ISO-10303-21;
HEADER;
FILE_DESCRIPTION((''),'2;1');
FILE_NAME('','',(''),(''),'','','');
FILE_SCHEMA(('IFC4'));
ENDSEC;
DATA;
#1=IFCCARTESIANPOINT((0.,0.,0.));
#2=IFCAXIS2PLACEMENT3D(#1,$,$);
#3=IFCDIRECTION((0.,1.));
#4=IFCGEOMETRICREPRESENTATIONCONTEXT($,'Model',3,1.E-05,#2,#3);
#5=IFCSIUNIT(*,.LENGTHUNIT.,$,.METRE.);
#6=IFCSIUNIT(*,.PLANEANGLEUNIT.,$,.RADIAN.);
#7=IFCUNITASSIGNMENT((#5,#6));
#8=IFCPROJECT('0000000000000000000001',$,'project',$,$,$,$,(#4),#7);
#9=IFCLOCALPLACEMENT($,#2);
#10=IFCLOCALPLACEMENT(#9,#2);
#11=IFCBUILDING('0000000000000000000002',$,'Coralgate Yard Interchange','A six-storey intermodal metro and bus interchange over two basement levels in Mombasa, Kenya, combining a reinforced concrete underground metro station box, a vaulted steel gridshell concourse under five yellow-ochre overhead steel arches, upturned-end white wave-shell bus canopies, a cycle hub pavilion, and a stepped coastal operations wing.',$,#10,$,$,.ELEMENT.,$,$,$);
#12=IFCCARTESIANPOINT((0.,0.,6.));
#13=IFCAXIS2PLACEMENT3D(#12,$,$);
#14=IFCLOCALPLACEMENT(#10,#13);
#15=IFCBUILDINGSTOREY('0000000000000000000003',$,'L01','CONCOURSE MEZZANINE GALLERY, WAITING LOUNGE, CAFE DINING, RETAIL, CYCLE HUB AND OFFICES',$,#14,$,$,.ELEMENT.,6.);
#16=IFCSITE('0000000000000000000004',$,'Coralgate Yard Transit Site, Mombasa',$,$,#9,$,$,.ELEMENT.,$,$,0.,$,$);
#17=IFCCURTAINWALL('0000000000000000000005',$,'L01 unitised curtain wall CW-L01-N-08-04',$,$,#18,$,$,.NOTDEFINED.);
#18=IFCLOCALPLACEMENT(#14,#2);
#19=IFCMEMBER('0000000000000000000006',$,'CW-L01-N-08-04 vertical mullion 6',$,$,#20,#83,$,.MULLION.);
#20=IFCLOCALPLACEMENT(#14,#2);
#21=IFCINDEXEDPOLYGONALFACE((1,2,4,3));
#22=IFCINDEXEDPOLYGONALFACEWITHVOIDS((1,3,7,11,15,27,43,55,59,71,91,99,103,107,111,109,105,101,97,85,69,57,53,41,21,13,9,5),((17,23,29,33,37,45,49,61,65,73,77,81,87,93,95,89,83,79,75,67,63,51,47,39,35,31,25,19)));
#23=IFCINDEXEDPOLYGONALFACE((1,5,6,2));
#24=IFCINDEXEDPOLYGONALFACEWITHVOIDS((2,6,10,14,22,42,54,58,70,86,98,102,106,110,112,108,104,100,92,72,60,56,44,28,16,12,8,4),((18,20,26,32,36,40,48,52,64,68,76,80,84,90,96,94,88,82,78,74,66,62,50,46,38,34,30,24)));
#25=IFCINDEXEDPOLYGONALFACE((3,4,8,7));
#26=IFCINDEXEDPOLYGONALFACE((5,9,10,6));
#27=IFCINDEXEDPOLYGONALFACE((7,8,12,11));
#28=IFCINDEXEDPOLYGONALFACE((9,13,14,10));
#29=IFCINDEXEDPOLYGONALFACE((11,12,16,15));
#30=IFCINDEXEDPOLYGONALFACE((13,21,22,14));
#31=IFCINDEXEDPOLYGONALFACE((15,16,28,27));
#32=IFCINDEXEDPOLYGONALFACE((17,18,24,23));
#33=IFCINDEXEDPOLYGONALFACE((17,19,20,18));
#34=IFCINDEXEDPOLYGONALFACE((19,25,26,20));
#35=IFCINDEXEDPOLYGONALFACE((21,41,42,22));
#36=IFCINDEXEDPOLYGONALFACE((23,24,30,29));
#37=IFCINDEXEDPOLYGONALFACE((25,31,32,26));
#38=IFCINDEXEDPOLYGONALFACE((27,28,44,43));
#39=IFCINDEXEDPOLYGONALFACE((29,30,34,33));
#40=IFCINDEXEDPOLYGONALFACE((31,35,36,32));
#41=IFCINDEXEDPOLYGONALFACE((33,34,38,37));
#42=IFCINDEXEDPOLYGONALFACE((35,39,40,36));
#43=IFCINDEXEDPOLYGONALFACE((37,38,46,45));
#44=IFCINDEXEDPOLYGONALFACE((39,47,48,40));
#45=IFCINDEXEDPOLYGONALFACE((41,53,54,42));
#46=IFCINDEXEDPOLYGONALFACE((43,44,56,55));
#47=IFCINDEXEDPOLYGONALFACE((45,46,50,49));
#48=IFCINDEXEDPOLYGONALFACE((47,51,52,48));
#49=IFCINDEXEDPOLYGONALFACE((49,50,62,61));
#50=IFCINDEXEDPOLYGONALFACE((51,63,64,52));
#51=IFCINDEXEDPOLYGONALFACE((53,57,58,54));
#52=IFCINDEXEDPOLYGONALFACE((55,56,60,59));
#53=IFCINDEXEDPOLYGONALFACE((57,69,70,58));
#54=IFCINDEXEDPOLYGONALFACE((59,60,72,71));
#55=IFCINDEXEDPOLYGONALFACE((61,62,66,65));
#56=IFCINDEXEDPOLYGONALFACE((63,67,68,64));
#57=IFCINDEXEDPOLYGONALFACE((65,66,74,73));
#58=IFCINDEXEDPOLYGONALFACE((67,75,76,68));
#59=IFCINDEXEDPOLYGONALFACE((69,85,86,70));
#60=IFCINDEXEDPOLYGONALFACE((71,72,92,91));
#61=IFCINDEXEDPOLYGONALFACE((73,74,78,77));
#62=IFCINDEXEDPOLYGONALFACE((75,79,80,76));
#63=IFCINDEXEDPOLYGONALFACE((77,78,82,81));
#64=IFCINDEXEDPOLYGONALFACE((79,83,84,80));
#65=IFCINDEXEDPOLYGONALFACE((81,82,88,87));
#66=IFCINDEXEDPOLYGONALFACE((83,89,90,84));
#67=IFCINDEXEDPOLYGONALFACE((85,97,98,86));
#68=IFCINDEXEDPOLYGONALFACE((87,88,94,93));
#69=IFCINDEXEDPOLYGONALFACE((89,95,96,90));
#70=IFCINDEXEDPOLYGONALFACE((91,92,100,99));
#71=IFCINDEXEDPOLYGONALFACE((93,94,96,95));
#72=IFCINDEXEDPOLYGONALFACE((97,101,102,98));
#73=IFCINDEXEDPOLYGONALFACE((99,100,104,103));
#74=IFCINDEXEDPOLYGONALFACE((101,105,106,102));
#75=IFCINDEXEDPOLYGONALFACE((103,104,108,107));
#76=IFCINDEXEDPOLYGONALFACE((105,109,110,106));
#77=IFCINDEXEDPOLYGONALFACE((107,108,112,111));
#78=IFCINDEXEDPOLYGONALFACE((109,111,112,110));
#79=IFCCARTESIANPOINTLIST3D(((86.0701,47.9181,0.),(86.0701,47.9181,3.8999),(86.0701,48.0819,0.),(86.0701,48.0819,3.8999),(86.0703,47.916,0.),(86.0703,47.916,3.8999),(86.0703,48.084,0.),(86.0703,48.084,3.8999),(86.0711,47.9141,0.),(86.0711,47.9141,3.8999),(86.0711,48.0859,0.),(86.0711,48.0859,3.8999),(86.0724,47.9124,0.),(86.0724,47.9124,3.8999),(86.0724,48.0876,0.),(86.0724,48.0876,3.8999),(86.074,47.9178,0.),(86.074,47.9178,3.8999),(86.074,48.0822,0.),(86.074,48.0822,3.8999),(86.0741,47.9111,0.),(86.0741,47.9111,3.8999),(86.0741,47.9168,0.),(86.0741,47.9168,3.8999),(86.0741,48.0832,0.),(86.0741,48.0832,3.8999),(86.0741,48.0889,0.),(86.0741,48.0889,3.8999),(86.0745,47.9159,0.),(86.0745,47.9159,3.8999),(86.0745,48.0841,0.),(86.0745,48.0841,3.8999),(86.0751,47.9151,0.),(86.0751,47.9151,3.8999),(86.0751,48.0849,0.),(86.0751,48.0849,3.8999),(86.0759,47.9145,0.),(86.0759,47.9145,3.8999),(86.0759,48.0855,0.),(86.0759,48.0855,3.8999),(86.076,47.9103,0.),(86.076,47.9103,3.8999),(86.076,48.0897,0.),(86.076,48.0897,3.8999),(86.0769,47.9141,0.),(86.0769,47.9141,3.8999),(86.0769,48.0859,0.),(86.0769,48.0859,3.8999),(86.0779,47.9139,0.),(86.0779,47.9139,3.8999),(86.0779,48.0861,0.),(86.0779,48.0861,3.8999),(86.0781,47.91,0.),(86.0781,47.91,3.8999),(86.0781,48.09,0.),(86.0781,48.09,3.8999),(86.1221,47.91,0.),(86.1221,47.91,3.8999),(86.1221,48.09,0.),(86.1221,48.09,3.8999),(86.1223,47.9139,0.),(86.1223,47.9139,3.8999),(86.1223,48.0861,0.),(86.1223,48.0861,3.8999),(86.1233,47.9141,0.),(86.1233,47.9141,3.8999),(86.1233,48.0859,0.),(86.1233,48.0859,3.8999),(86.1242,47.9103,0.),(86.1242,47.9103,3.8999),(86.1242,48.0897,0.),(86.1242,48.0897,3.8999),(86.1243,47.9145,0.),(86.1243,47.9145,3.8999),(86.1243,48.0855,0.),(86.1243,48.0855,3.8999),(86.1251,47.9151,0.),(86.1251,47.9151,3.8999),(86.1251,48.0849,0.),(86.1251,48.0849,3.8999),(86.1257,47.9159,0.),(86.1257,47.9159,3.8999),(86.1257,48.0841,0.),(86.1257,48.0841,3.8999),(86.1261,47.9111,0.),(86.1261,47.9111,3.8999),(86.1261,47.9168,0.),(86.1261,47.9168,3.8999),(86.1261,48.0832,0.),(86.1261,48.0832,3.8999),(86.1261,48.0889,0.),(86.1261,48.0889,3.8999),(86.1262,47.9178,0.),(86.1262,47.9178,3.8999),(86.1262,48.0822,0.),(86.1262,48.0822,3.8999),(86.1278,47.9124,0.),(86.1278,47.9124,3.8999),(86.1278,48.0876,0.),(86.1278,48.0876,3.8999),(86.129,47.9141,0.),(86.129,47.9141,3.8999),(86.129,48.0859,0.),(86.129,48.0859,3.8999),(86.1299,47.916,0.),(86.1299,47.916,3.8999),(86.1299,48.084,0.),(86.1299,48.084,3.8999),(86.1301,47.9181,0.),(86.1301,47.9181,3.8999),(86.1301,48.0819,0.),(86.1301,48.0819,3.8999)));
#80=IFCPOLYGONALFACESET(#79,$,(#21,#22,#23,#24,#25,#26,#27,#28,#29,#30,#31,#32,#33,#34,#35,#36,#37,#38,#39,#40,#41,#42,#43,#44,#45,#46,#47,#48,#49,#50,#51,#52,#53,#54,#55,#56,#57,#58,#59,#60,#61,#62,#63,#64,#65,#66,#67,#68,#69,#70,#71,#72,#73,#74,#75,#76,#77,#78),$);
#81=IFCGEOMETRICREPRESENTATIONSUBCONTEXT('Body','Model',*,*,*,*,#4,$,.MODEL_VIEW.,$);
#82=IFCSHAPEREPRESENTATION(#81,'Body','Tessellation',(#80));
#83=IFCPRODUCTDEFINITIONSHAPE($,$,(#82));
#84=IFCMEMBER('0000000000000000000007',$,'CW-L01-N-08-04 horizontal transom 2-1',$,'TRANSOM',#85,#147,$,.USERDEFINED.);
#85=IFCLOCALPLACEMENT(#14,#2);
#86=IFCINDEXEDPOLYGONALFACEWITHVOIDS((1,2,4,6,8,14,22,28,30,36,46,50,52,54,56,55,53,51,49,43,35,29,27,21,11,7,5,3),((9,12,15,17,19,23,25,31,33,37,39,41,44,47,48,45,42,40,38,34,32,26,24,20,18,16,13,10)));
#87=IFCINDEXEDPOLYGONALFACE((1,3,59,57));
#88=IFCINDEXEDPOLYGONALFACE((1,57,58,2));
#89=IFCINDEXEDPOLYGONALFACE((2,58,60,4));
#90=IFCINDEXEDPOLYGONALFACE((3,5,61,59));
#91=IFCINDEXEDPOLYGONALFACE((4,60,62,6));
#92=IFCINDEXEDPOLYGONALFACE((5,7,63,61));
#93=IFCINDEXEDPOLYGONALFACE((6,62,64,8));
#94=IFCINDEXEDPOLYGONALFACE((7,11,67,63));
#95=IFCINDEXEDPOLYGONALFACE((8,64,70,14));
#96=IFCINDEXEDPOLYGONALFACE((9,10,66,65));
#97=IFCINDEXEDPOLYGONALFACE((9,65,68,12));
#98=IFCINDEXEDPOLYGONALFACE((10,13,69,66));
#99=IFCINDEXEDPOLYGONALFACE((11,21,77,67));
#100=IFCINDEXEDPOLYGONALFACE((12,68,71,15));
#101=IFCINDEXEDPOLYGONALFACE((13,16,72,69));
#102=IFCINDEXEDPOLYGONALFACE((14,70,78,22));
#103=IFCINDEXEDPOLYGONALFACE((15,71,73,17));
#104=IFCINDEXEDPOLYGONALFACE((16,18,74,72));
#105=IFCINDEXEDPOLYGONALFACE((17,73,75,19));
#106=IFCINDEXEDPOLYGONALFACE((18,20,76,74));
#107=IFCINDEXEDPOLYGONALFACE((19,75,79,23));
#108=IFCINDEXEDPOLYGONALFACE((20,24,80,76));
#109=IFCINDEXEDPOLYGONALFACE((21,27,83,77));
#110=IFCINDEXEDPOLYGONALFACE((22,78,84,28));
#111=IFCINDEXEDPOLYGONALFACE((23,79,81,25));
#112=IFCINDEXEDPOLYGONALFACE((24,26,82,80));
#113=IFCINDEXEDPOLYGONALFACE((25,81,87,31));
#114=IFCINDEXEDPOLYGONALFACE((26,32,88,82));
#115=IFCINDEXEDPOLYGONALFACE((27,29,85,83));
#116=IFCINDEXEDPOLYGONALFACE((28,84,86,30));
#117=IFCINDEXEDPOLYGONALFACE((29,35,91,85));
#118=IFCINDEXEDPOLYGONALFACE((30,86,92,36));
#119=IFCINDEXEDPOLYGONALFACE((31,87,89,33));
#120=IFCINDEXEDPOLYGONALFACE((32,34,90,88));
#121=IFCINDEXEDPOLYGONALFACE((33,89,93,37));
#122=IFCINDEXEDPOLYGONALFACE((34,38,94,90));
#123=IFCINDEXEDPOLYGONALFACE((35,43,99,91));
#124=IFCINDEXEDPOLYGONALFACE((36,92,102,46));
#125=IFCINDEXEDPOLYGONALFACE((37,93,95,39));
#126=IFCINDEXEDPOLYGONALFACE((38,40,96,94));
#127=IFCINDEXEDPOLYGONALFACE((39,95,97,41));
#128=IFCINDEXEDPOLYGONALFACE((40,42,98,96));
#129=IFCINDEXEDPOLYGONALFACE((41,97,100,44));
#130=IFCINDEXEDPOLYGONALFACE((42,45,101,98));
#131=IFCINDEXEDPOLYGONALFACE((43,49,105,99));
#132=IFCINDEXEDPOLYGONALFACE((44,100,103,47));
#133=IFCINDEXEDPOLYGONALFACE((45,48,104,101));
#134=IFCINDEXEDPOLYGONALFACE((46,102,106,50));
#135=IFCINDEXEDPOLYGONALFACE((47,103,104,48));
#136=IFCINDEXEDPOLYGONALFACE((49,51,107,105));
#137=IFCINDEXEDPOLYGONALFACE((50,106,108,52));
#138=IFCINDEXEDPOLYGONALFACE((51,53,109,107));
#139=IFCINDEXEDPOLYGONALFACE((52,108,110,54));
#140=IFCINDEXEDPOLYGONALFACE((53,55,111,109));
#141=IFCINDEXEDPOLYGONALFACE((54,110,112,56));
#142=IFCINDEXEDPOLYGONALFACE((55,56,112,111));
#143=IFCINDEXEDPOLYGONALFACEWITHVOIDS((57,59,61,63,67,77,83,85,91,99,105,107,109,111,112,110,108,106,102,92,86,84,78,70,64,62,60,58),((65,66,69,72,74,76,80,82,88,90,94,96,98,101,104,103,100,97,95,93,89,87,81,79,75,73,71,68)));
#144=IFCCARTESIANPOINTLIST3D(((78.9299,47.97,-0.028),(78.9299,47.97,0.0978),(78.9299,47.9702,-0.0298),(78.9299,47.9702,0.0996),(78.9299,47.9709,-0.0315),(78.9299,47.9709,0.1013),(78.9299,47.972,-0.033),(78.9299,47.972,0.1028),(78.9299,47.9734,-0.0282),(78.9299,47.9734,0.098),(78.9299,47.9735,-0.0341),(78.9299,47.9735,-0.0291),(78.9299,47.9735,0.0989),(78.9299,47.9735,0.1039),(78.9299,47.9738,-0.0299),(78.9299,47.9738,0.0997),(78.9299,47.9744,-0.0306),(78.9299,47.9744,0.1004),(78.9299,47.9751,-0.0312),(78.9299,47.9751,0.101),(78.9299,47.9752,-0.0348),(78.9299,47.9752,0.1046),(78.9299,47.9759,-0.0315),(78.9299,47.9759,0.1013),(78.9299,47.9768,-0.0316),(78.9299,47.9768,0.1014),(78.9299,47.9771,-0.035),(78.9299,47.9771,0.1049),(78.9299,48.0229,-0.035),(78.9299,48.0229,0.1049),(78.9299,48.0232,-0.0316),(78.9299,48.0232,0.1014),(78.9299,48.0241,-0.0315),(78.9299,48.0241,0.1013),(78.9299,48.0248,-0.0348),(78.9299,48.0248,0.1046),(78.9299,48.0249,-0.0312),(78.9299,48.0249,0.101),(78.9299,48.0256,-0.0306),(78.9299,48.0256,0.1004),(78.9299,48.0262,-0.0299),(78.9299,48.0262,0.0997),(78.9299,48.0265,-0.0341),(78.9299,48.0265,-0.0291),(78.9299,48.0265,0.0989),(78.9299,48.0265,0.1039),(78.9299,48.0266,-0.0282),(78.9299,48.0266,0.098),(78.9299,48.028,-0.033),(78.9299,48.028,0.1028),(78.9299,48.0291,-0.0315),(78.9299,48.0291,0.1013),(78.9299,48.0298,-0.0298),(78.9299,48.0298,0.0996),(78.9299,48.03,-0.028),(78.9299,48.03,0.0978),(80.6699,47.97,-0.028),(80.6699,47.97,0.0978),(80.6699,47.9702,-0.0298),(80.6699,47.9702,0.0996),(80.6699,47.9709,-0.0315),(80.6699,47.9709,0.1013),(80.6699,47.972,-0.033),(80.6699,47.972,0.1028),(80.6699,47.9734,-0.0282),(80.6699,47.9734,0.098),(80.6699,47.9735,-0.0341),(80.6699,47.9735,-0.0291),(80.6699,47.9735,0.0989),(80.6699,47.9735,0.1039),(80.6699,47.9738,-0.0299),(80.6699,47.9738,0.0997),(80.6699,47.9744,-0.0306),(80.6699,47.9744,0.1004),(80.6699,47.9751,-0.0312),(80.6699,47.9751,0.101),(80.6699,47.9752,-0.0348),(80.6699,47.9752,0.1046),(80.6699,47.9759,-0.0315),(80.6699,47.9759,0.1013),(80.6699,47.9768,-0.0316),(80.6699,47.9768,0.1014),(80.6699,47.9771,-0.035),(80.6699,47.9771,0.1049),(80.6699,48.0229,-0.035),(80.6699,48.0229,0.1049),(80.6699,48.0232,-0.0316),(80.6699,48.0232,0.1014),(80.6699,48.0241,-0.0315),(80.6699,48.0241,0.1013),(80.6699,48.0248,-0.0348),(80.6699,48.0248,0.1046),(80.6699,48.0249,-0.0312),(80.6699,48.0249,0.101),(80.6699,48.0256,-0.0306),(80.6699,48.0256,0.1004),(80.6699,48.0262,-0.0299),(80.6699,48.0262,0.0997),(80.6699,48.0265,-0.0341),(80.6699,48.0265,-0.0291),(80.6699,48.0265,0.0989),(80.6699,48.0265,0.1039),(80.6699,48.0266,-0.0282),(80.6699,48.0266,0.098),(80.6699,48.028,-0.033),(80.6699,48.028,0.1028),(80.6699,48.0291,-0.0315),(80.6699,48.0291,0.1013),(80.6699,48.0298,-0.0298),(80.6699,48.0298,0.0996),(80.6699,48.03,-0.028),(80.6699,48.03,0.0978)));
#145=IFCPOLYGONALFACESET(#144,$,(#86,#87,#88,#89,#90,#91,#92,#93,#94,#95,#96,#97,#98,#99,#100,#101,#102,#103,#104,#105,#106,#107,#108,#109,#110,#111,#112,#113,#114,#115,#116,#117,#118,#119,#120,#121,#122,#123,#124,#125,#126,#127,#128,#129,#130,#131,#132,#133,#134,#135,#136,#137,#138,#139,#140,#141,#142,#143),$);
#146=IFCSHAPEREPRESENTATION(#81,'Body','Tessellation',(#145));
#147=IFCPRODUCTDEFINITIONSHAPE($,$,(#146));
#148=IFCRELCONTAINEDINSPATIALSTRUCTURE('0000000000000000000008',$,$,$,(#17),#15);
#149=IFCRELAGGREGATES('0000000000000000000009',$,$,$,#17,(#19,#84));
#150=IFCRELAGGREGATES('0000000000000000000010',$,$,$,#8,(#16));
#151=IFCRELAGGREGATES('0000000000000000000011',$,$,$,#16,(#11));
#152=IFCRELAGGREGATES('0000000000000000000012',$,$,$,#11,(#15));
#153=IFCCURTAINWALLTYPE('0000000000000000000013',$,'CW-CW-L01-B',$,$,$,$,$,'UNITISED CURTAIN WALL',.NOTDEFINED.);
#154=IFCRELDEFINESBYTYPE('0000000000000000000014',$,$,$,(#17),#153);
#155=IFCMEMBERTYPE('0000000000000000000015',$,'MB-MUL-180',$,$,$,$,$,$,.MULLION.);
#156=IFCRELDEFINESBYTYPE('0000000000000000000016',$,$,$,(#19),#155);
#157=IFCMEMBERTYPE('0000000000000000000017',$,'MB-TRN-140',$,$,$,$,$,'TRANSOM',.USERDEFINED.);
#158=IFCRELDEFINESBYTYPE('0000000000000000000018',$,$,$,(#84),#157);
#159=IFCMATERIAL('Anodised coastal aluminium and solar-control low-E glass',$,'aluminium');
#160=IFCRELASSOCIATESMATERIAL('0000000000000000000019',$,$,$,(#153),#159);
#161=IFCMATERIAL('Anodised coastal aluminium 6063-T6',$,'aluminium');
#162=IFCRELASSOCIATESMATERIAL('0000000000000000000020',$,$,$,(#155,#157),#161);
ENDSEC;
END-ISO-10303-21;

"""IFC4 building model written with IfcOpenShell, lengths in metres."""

from ifc_helpers import new_model, si_unit, direction, frame, origin, origin_2d, place, context, subcontext, project, spatial, hollow_rectangle, extrude, material, material_profile, profile_set, type_object, element, aggregate, save


model = new_model("IFC4")

# Units and contexts
model_context = context("Model", 3, precision=1e-05, world=origin(), true_north=direction((0.0, 1.0)))
body_context = subcontext(model_context, "Body", "Model", "MODEL_VIEW")
ifc_project = project(units=[si_unit("LENGTHUNIT", "METRE"), si_unit("PLANEANGLEUNIT", "RADIAN")], contexts=[model_context])

# Site, building, storey
site_placement = place(None, origin())
site = spatial("IfcSite", under=ifc_project, at=site_placement, Name="Coralgate Yard Transit Site, Mombasa", CompositionType="ELEMENT", RefElevation=0.0)
building_placement = place(site_placement, origin())
building = spatial("IfcBuilding", under=site, at=building_placement, Name="Coralgate Yard Interchange", Description="A six-storey intermodal metro and bus interchange over two basement levels in Mombasa, Kenya, combining a reinforced concrete underground metro station box, a vaulted steel gridshell concourse under five yellow-ochre overhead steel arches, upturned-end white wave-shell bus canopies, a cycle hub pavilion, and a stepped coastal operations wing.", CompositionType="ELEMENT")
storey_placement = place(building_placement, frame((0.0, 0.0, 6.0)))
storey = spatial("IfcBuildingStorey", under=building, at=storey_placement, Name="L01", Description="CONCOURSE MEZZANINE GALLERY, WAITING LOUNGE, CAFE DINING, RETAIL, CYCLE HUB AND OFFICES", CompositionType="ELEMENT", Elevation=6.0)

# Curtain wall, members
ifc_material_1 = material(Name="Anodised coastal aluminium and solar-control low-E glass", Category="aluminium")
curtain_wall_type = type_object("IfcCurtainWallType", Name="CW-CW-L01-B", ElementType="UNITISED CURTAIN WALL", PredefinedType="NOTDEFINED", material=ifc_material_1)
curtain_wall_placement = place(storey_placement, origin())
curtain_wall = element("IfcCurtainWall", 1, at=curtain_wall_placement, inside=storey, type_object=curtain_wall_type, Name="L01 unitised curtain wall CW-L01-N-08-04", PredefinedType="NOTDEFINED")
ifc_material_2 = material(Name="Anodised coastal aluminium 6063-T6", Category="aluminium")
ifc_material_profile_1 = material_profile(ifc_material_2, hollow_rectangle(XDim=0.0601, YDim=0.1799, WallThickness=0.0039, InnerFilletRadius=0.0039, OuterFilletRadius=0.0081, at=origin_2d()), Name="ALU 60x180x4")
ifc_profile_set_1 = profile_set([ifc_material_profile_1], Name="Anodised coastal aluminium 6063-T6")
member_type_1 = type_object("IfcMemberType", Name="MB-MUL-180", PredefinedType="MULLION", material=ifc_profile_set_1)
member_1_placement = place(storey_placement, frame((86.1001, 48.0, 0.0), z_axis=(0.0, 0.0, 1.0), x_axis=(1.0, 0.0, 0.0)))
member_1 = element("IfcMember", 2, at=member_1_placement, type_object=member_type_1, Name="CW-L01-N-08-04 vertical mullion 6", PredefinedType="MULLION", context=body_context, shape_type="SweptSolid", body=[
    extrude(hollow_rectangle(XDim=0.0601, YDim=0.1799, WallThickness=0.0039, InnerFilletRadius=0.0039, OuterFilletRadius=0.0081, at=origin_2d()), origin(), (0.0, 0.0, 1.0), 3.8999),
])
ifc_material_profile_2 = material_profile(ifc_material_2, hollow_rectangle(XDim=0.0601, YDim=0.1399, WallThickness=0.0034, InnerFilletRadius=0.0034, OuterFilletRadius=0.0071, at=origin_2d()), Name="ALU 60x140x3.5")
ifc_profile_set_2 = profile_set([ifc_material_profile_2], Name="Anodised coastal aluminium 6063-T6")
member_type_2 = type_object("IfcMemberType", Name="MB-TRN-140", ElementType="TRANSOM", PredefinedType="USERDEFINED", material=ifc_profile_set_2)
member_2_placement = place(storey_placement, frame((78.9299, 48.0, 0.0349), z_axis=(1.0, 0.0, 0.0), x_axis=(0.0, 1.0, 0.0)))
member_2 = element("IfcMember", 3, at=member_2_placement, type_object=member_type_2, Name="CW-L01-N-08-04 horizontal transom 2-1", ObjectType="TRANSOM", PredefinedType="USERDEFINED", context=body_context, shape_type="SweptSolid", body=[
    extrude(hollow_rectangle(XDim=0.0601, YDim=0.1399, WallThickness=0.0034, InnerFilletRadius=0.0034, OuterFilletRadius=0.0071, at=origin_2d()), origin(), (0.0, 0.0, 1.0), 1.74),
])
aggregate(curtain_wall, [member_1, member_2])

save(model, "model.ifc")
